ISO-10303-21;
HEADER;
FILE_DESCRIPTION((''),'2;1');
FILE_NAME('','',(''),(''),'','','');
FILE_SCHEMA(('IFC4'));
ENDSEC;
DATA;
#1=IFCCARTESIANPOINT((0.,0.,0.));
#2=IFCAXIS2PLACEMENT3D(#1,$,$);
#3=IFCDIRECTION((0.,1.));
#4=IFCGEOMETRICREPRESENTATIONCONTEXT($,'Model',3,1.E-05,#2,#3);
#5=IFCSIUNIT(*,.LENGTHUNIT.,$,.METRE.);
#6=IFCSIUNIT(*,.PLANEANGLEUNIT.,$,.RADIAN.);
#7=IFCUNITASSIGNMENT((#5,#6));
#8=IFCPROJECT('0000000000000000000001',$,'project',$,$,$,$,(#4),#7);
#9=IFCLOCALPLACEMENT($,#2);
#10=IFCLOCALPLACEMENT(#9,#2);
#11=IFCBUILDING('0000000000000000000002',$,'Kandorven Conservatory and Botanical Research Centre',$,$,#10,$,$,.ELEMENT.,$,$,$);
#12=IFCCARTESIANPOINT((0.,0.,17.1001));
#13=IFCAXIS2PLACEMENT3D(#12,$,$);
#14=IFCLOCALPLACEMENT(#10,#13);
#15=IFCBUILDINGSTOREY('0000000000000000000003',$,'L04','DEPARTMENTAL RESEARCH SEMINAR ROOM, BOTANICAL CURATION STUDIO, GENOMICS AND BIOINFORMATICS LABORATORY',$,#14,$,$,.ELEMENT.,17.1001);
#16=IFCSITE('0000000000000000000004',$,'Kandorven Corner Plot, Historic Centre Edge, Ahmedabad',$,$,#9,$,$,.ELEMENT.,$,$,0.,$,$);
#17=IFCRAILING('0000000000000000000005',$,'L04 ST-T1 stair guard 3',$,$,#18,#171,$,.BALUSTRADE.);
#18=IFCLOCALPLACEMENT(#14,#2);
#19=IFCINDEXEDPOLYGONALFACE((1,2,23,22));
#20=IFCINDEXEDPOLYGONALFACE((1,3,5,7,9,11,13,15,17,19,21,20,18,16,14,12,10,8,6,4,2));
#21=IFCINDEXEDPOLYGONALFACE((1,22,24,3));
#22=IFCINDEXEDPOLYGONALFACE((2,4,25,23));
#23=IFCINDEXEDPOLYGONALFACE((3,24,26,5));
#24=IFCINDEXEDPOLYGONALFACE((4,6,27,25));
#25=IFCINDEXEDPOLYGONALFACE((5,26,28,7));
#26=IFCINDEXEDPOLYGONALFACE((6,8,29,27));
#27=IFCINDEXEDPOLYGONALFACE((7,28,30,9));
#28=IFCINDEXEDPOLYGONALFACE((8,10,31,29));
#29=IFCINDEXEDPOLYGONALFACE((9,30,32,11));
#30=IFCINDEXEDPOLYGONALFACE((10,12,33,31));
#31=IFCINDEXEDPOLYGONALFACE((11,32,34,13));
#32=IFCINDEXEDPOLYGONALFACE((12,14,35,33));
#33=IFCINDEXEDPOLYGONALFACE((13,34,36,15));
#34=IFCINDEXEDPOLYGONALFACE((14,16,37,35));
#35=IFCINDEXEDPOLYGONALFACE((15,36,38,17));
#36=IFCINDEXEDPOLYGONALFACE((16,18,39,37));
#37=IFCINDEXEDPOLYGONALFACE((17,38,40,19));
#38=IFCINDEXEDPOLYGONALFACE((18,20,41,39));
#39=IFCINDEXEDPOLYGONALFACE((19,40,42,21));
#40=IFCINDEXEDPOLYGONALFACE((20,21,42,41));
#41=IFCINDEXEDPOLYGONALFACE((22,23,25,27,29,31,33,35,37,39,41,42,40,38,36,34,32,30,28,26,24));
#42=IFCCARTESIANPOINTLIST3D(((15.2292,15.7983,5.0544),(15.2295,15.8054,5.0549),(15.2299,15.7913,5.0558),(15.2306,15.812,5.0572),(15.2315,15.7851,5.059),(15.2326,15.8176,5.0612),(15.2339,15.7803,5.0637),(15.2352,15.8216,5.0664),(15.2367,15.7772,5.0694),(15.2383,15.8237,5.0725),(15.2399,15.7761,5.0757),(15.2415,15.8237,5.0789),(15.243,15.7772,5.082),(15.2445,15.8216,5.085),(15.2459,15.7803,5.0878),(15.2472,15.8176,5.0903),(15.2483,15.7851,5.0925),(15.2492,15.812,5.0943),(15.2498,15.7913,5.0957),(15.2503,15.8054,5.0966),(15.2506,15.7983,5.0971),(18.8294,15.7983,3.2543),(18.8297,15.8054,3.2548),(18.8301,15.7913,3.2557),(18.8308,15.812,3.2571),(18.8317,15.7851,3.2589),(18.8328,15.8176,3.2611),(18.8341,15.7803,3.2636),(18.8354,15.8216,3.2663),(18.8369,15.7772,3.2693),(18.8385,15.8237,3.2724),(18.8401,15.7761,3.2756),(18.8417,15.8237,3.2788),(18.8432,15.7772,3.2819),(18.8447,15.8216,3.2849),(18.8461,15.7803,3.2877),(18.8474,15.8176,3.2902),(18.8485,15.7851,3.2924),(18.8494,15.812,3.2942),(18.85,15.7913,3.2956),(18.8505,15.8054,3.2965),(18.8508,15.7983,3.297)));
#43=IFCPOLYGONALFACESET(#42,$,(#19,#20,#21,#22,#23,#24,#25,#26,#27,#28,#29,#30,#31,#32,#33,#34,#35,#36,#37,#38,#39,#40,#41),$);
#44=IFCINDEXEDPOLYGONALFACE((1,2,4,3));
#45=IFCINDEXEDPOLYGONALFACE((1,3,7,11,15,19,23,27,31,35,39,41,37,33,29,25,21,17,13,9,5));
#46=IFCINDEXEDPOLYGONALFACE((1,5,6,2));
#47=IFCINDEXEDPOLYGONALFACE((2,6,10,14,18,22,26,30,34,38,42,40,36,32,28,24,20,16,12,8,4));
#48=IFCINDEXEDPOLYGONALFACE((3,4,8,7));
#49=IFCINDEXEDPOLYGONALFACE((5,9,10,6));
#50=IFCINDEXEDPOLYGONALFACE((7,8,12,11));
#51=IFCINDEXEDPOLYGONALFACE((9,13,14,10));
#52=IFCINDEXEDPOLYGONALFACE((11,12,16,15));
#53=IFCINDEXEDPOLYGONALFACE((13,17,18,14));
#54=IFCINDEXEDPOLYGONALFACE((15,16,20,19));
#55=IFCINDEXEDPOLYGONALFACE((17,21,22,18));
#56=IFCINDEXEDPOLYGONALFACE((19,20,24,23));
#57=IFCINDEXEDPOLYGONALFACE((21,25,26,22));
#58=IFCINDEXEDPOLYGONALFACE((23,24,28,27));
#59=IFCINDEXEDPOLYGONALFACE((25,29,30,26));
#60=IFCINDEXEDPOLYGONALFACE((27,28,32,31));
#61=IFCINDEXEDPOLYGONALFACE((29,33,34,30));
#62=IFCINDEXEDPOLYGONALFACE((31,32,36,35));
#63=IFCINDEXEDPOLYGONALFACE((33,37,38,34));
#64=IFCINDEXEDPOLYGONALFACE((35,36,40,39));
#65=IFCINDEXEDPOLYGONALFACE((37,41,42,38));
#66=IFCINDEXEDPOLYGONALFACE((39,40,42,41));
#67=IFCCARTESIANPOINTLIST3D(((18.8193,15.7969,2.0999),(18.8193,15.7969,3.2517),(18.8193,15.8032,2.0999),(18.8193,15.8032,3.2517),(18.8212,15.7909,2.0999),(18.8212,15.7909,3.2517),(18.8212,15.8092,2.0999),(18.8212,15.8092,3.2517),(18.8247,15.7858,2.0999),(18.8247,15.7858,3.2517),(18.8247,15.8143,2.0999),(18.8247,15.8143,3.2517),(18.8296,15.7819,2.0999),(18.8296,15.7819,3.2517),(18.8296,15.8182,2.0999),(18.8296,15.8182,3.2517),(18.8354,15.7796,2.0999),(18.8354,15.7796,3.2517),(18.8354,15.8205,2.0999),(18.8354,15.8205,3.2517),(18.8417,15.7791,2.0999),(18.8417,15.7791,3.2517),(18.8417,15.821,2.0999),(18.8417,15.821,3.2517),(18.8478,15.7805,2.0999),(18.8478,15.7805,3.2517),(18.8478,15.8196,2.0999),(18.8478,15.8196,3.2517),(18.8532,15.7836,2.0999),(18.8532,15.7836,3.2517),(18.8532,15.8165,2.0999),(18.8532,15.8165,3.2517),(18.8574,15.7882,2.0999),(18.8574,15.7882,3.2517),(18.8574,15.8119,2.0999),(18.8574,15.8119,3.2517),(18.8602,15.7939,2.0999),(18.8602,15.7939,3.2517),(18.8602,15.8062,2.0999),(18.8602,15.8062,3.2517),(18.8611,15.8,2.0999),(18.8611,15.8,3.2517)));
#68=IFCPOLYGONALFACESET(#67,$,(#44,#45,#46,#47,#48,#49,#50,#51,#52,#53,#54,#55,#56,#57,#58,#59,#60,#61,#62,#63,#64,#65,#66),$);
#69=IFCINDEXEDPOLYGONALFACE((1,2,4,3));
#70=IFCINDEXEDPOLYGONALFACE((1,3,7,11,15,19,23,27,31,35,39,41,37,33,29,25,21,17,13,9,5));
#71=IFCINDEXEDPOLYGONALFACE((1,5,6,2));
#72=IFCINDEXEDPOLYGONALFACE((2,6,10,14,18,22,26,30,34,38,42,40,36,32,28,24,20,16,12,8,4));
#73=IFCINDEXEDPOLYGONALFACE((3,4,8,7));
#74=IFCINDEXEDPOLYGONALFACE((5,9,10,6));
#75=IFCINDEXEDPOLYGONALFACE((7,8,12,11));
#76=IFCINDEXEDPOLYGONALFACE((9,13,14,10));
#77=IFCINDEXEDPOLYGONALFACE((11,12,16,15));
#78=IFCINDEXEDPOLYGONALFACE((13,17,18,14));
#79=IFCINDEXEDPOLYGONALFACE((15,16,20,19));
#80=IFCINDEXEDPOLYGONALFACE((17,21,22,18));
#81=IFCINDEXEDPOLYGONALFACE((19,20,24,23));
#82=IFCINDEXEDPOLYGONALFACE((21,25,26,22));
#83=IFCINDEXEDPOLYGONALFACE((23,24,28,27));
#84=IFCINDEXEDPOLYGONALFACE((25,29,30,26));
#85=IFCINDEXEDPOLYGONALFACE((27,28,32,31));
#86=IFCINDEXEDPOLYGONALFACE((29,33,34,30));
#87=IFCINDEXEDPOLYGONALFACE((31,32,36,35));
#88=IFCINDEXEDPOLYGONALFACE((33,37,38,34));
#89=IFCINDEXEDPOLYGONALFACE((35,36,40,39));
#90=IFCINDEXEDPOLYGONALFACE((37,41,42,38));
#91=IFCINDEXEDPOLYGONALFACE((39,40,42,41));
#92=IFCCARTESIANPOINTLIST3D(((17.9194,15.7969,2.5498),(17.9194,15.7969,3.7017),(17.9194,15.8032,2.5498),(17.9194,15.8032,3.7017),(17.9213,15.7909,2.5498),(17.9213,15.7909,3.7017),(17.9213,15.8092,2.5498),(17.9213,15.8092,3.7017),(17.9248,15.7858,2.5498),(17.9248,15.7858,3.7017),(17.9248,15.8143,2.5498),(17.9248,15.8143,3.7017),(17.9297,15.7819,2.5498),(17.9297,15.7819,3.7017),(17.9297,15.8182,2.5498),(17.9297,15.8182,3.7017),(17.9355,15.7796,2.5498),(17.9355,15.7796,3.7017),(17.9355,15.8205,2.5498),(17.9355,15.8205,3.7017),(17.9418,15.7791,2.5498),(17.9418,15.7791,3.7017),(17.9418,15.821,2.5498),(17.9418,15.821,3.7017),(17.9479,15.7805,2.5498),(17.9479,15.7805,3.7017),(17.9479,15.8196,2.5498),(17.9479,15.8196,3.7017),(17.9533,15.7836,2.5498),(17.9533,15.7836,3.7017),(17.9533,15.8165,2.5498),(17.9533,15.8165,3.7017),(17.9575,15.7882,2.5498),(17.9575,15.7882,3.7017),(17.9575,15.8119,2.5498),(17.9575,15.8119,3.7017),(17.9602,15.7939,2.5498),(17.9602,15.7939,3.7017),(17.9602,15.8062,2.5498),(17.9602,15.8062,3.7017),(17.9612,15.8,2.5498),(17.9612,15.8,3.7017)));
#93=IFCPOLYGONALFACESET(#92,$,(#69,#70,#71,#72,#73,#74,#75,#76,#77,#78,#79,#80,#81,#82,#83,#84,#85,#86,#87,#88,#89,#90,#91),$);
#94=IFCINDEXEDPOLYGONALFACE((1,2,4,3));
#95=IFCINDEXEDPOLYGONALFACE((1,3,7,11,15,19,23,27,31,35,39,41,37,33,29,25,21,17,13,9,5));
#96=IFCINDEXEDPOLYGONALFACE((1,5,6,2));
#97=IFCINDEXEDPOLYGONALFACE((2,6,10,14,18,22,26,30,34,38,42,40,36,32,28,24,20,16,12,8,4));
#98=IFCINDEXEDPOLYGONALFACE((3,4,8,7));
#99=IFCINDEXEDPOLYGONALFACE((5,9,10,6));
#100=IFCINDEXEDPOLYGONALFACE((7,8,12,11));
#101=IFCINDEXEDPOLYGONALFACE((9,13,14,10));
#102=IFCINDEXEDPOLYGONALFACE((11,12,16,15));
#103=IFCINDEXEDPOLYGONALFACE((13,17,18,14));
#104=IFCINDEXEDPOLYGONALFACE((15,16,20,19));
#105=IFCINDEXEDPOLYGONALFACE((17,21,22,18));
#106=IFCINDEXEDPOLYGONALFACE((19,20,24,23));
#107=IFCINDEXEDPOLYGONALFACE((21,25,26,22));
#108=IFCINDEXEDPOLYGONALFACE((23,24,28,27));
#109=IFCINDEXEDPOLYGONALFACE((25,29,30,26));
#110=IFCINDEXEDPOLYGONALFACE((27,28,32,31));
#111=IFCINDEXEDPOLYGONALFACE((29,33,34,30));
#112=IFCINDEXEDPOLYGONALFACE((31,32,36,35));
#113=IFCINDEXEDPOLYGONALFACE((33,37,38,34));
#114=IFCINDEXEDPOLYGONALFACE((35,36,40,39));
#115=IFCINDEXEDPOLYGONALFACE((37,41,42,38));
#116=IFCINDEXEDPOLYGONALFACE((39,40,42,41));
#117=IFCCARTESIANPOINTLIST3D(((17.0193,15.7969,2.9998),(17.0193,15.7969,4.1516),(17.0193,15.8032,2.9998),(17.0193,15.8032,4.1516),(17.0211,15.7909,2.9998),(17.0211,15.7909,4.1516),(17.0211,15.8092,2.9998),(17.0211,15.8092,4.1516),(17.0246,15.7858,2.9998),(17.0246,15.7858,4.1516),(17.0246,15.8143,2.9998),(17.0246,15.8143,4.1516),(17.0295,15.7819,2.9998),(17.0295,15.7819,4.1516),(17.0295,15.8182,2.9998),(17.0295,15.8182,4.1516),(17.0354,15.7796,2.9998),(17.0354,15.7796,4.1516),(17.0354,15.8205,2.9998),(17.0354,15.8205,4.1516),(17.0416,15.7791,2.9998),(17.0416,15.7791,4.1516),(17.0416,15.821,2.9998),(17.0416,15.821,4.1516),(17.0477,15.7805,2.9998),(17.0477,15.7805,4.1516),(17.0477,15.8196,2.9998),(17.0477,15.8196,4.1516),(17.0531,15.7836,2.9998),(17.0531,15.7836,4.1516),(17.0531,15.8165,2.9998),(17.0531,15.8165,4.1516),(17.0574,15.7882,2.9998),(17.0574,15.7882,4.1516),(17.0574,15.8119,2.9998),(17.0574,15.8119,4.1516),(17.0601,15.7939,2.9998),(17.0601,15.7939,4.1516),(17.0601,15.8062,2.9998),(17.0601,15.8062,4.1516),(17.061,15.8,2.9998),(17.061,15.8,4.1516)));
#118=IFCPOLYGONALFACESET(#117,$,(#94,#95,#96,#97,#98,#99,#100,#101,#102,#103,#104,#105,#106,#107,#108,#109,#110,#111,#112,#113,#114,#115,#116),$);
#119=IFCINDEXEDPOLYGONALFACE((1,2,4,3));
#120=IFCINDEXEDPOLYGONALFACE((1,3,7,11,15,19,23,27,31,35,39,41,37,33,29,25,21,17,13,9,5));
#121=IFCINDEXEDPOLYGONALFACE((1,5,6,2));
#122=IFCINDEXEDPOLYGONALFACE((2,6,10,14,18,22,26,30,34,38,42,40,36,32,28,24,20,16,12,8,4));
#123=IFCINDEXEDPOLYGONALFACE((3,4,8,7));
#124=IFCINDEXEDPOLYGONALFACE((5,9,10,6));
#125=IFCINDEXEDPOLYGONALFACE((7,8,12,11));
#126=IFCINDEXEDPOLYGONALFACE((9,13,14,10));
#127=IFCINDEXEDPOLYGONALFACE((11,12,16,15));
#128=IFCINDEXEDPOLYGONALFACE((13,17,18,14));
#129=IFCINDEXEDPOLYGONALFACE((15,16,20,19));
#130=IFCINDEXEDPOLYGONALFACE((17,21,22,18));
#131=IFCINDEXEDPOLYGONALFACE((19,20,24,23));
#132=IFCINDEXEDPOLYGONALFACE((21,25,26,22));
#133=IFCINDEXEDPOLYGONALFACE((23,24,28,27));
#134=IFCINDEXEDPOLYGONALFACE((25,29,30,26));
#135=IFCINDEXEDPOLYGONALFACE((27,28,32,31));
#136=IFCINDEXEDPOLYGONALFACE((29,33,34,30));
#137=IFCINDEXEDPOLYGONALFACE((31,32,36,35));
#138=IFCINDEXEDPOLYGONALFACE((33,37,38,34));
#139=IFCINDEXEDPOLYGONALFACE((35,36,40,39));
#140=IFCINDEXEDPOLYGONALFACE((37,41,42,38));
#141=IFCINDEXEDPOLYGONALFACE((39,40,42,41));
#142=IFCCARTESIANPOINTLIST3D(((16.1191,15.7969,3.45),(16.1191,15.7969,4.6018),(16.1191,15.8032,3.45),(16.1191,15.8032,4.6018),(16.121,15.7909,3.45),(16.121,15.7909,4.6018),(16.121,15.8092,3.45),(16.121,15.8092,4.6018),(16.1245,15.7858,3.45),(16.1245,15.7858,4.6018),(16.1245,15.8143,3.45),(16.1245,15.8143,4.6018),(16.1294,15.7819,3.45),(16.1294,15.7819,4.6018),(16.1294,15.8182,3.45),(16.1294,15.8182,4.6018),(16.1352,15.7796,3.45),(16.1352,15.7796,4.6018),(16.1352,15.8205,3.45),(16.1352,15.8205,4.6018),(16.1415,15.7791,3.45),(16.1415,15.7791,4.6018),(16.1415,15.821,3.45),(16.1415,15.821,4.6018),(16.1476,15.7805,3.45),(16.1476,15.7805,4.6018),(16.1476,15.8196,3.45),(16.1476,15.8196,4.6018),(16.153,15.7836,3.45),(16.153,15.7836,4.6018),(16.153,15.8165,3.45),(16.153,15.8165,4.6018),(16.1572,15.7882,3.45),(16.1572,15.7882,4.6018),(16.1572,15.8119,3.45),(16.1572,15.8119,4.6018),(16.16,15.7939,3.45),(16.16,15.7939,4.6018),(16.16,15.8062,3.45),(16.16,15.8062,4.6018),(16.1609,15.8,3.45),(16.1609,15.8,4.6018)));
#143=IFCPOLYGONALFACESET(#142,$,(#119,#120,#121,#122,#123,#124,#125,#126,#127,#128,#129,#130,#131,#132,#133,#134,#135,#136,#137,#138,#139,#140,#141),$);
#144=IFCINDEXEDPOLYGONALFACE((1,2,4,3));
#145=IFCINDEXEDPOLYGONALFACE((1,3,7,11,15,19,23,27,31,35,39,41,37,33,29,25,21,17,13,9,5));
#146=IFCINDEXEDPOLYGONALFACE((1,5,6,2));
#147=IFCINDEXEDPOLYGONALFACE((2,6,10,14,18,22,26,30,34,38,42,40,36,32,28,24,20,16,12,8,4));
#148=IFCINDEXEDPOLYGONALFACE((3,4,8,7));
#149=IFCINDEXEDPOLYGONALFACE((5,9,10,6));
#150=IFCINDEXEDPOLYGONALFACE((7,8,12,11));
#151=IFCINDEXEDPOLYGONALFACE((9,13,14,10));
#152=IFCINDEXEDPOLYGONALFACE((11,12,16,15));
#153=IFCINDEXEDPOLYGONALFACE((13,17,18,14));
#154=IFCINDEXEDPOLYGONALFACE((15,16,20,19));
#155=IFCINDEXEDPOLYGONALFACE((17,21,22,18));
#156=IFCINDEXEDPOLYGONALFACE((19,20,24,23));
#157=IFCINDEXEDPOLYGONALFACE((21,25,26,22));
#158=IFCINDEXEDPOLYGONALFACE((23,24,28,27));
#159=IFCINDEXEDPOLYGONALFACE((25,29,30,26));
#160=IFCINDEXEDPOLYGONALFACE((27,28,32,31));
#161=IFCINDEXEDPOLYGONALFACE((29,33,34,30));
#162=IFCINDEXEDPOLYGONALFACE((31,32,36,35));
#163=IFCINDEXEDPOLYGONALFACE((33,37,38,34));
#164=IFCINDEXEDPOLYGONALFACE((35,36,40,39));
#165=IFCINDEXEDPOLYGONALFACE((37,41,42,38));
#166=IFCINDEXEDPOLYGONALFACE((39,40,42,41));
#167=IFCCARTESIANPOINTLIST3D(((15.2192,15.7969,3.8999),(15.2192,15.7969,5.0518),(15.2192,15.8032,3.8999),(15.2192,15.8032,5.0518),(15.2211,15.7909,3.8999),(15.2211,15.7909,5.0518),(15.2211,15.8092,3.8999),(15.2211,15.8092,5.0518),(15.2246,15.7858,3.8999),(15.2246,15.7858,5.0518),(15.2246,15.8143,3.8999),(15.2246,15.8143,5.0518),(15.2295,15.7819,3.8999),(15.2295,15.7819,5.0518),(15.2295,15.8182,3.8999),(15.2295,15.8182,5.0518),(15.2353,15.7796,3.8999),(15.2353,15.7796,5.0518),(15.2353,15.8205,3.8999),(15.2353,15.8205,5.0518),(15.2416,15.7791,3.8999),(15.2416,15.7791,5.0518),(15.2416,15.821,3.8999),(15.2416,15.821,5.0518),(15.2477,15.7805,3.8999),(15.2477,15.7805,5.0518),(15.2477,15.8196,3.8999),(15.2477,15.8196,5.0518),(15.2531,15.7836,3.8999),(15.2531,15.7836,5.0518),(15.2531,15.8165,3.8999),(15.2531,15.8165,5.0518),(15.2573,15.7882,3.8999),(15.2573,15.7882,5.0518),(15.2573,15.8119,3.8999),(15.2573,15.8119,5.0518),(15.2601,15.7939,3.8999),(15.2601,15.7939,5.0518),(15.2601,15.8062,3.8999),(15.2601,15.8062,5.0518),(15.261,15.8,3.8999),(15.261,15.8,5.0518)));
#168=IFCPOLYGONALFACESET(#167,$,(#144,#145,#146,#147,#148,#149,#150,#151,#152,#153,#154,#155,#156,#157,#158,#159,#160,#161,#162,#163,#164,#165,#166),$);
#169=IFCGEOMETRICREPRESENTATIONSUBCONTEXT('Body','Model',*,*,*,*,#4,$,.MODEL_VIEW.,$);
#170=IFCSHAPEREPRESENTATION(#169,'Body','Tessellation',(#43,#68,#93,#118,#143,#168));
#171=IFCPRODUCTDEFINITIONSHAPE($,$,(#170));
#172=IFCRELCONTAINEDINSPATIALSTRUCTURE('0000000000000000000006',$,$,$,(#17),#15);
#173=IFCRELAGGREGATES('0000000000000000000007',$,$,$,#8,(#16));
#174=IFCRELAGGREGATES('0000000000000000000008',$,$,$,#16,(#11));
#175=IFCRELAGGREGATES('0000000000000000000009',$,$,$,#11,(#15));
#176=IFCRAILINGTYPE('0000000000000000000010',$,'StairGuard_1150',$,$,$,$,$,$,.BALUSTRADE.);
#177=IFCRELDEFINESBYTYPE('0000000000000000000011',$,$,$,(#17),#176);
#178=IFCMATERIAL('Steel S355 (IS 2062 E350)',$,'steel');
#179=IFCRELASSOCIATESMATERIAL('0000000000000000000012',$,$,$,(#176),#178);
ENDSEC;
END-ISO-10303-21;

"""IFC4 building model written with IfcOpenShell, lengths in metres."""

from ifc_helpers import new_model, si_unit, direction, frame, origin, origin_2d, place, context, subcontext, project, spatial, circle, extrude, material, type_object, element, save


model = new_model("IFC4")

# Units and contexts
model_context = context("Model", 3, precision=1e-05, world=origin(), true_north=direction((0.0, 1.0)))
body_context = subcontext(model_context, "Body", "Model", "MODEL_VIEW")
ifc_project = project(units=[si_unit("LENGTHUNIT", "METRE"), si_unit("PLANEANGLEUNIT", "RADIAN")], contexts=[model_context])

# Site, building, storey
site_placement = place(None, origin())
site = spatial("IfcSite", under=ifc_project, at=site_placement, Name="Kandorven Corner Plot, Historic Centre Edge, Ahmedabad", CompositionType="ELEMENT", RefElevation=0.0)
building_placement = place(site_placement, origin())
building = spatial("IfcBuilding", under=site, at=building_placement, Name="Kandorven Conservatory and Botanical Research Centre", CompositionType="ELEMENT")
storey_placement = place(building_placement, frame((0.0, 0.0, 17.1001)))
storey = spatial("IfcBuildingStorey", under=building, at=storey_placement, Name="L04", Description="DEPARTMENTAL RESEARCH SEMINAR ROOM, BOTANICAL CURATION STUDIO, GENOMICS AND BIOINFORMATICS LABORATORY", CompositionType="ELEMENT", Elevation=17.1001)

# Railing
ifc_material_1 = material(Name="Steel S355 (IS 2062 E350)", Category="steel")
railing_type = type_object("IfcRailingType", Name="StairGuard_1150", PredefinedType="BALUSTRADE", material=ifc_material_1)
railing_1_placement = place(storey_placement, frame((18.8401, 15.8, 2.0999)))
element("IfcRailing", 1, at=railing_1_placement, inside=storey, type_object=railing_type, Name="L04 ST-T1 stair guard 3", PredefinedType="BALUSTRADE", context=body_context, shape_type="SweptSolid", body=[
    extrude(circle(Radius=0.0239, at=origin_2d()), frame((0.0, 0.0, 1.1758), z_axis=(-0.894427, 0.0, 0.447214), x_axis=(0.0, -1.0, 0.0)), (0.0, 0.0, 1.0), 4.0251),
    extrude(circle(Radius=0.021, at=origin_2d()), origin(), (0.0, 0.0, 1.0), 1.1519),
    extrude(circle(Radius=0.021, at=origin_2d()), frame((-0.8999, 0.0, 0.45)), (0.0, 0.0, 1.0), 1.1519),
    extrude(circle(Radius=0.021, at=origin_2d()), frame((-1.8, 0.0, 0.8999)), (0.0, 0.0, 1.0), 1.1519),
    extrude(circle(Radius=0.021, at=origin_2d()), frame((-2.7002, 0.0, 1.3501)), (0.0, 0.0, 1.0), 1.1519),
    extrude(circle(Radius=0.021, at=origin_2d()), frame((-3.6001, 0.0, 1.8)), (0.0, 0.0, 1.0), 1.1519),
])

save(model, "model.ifc")
